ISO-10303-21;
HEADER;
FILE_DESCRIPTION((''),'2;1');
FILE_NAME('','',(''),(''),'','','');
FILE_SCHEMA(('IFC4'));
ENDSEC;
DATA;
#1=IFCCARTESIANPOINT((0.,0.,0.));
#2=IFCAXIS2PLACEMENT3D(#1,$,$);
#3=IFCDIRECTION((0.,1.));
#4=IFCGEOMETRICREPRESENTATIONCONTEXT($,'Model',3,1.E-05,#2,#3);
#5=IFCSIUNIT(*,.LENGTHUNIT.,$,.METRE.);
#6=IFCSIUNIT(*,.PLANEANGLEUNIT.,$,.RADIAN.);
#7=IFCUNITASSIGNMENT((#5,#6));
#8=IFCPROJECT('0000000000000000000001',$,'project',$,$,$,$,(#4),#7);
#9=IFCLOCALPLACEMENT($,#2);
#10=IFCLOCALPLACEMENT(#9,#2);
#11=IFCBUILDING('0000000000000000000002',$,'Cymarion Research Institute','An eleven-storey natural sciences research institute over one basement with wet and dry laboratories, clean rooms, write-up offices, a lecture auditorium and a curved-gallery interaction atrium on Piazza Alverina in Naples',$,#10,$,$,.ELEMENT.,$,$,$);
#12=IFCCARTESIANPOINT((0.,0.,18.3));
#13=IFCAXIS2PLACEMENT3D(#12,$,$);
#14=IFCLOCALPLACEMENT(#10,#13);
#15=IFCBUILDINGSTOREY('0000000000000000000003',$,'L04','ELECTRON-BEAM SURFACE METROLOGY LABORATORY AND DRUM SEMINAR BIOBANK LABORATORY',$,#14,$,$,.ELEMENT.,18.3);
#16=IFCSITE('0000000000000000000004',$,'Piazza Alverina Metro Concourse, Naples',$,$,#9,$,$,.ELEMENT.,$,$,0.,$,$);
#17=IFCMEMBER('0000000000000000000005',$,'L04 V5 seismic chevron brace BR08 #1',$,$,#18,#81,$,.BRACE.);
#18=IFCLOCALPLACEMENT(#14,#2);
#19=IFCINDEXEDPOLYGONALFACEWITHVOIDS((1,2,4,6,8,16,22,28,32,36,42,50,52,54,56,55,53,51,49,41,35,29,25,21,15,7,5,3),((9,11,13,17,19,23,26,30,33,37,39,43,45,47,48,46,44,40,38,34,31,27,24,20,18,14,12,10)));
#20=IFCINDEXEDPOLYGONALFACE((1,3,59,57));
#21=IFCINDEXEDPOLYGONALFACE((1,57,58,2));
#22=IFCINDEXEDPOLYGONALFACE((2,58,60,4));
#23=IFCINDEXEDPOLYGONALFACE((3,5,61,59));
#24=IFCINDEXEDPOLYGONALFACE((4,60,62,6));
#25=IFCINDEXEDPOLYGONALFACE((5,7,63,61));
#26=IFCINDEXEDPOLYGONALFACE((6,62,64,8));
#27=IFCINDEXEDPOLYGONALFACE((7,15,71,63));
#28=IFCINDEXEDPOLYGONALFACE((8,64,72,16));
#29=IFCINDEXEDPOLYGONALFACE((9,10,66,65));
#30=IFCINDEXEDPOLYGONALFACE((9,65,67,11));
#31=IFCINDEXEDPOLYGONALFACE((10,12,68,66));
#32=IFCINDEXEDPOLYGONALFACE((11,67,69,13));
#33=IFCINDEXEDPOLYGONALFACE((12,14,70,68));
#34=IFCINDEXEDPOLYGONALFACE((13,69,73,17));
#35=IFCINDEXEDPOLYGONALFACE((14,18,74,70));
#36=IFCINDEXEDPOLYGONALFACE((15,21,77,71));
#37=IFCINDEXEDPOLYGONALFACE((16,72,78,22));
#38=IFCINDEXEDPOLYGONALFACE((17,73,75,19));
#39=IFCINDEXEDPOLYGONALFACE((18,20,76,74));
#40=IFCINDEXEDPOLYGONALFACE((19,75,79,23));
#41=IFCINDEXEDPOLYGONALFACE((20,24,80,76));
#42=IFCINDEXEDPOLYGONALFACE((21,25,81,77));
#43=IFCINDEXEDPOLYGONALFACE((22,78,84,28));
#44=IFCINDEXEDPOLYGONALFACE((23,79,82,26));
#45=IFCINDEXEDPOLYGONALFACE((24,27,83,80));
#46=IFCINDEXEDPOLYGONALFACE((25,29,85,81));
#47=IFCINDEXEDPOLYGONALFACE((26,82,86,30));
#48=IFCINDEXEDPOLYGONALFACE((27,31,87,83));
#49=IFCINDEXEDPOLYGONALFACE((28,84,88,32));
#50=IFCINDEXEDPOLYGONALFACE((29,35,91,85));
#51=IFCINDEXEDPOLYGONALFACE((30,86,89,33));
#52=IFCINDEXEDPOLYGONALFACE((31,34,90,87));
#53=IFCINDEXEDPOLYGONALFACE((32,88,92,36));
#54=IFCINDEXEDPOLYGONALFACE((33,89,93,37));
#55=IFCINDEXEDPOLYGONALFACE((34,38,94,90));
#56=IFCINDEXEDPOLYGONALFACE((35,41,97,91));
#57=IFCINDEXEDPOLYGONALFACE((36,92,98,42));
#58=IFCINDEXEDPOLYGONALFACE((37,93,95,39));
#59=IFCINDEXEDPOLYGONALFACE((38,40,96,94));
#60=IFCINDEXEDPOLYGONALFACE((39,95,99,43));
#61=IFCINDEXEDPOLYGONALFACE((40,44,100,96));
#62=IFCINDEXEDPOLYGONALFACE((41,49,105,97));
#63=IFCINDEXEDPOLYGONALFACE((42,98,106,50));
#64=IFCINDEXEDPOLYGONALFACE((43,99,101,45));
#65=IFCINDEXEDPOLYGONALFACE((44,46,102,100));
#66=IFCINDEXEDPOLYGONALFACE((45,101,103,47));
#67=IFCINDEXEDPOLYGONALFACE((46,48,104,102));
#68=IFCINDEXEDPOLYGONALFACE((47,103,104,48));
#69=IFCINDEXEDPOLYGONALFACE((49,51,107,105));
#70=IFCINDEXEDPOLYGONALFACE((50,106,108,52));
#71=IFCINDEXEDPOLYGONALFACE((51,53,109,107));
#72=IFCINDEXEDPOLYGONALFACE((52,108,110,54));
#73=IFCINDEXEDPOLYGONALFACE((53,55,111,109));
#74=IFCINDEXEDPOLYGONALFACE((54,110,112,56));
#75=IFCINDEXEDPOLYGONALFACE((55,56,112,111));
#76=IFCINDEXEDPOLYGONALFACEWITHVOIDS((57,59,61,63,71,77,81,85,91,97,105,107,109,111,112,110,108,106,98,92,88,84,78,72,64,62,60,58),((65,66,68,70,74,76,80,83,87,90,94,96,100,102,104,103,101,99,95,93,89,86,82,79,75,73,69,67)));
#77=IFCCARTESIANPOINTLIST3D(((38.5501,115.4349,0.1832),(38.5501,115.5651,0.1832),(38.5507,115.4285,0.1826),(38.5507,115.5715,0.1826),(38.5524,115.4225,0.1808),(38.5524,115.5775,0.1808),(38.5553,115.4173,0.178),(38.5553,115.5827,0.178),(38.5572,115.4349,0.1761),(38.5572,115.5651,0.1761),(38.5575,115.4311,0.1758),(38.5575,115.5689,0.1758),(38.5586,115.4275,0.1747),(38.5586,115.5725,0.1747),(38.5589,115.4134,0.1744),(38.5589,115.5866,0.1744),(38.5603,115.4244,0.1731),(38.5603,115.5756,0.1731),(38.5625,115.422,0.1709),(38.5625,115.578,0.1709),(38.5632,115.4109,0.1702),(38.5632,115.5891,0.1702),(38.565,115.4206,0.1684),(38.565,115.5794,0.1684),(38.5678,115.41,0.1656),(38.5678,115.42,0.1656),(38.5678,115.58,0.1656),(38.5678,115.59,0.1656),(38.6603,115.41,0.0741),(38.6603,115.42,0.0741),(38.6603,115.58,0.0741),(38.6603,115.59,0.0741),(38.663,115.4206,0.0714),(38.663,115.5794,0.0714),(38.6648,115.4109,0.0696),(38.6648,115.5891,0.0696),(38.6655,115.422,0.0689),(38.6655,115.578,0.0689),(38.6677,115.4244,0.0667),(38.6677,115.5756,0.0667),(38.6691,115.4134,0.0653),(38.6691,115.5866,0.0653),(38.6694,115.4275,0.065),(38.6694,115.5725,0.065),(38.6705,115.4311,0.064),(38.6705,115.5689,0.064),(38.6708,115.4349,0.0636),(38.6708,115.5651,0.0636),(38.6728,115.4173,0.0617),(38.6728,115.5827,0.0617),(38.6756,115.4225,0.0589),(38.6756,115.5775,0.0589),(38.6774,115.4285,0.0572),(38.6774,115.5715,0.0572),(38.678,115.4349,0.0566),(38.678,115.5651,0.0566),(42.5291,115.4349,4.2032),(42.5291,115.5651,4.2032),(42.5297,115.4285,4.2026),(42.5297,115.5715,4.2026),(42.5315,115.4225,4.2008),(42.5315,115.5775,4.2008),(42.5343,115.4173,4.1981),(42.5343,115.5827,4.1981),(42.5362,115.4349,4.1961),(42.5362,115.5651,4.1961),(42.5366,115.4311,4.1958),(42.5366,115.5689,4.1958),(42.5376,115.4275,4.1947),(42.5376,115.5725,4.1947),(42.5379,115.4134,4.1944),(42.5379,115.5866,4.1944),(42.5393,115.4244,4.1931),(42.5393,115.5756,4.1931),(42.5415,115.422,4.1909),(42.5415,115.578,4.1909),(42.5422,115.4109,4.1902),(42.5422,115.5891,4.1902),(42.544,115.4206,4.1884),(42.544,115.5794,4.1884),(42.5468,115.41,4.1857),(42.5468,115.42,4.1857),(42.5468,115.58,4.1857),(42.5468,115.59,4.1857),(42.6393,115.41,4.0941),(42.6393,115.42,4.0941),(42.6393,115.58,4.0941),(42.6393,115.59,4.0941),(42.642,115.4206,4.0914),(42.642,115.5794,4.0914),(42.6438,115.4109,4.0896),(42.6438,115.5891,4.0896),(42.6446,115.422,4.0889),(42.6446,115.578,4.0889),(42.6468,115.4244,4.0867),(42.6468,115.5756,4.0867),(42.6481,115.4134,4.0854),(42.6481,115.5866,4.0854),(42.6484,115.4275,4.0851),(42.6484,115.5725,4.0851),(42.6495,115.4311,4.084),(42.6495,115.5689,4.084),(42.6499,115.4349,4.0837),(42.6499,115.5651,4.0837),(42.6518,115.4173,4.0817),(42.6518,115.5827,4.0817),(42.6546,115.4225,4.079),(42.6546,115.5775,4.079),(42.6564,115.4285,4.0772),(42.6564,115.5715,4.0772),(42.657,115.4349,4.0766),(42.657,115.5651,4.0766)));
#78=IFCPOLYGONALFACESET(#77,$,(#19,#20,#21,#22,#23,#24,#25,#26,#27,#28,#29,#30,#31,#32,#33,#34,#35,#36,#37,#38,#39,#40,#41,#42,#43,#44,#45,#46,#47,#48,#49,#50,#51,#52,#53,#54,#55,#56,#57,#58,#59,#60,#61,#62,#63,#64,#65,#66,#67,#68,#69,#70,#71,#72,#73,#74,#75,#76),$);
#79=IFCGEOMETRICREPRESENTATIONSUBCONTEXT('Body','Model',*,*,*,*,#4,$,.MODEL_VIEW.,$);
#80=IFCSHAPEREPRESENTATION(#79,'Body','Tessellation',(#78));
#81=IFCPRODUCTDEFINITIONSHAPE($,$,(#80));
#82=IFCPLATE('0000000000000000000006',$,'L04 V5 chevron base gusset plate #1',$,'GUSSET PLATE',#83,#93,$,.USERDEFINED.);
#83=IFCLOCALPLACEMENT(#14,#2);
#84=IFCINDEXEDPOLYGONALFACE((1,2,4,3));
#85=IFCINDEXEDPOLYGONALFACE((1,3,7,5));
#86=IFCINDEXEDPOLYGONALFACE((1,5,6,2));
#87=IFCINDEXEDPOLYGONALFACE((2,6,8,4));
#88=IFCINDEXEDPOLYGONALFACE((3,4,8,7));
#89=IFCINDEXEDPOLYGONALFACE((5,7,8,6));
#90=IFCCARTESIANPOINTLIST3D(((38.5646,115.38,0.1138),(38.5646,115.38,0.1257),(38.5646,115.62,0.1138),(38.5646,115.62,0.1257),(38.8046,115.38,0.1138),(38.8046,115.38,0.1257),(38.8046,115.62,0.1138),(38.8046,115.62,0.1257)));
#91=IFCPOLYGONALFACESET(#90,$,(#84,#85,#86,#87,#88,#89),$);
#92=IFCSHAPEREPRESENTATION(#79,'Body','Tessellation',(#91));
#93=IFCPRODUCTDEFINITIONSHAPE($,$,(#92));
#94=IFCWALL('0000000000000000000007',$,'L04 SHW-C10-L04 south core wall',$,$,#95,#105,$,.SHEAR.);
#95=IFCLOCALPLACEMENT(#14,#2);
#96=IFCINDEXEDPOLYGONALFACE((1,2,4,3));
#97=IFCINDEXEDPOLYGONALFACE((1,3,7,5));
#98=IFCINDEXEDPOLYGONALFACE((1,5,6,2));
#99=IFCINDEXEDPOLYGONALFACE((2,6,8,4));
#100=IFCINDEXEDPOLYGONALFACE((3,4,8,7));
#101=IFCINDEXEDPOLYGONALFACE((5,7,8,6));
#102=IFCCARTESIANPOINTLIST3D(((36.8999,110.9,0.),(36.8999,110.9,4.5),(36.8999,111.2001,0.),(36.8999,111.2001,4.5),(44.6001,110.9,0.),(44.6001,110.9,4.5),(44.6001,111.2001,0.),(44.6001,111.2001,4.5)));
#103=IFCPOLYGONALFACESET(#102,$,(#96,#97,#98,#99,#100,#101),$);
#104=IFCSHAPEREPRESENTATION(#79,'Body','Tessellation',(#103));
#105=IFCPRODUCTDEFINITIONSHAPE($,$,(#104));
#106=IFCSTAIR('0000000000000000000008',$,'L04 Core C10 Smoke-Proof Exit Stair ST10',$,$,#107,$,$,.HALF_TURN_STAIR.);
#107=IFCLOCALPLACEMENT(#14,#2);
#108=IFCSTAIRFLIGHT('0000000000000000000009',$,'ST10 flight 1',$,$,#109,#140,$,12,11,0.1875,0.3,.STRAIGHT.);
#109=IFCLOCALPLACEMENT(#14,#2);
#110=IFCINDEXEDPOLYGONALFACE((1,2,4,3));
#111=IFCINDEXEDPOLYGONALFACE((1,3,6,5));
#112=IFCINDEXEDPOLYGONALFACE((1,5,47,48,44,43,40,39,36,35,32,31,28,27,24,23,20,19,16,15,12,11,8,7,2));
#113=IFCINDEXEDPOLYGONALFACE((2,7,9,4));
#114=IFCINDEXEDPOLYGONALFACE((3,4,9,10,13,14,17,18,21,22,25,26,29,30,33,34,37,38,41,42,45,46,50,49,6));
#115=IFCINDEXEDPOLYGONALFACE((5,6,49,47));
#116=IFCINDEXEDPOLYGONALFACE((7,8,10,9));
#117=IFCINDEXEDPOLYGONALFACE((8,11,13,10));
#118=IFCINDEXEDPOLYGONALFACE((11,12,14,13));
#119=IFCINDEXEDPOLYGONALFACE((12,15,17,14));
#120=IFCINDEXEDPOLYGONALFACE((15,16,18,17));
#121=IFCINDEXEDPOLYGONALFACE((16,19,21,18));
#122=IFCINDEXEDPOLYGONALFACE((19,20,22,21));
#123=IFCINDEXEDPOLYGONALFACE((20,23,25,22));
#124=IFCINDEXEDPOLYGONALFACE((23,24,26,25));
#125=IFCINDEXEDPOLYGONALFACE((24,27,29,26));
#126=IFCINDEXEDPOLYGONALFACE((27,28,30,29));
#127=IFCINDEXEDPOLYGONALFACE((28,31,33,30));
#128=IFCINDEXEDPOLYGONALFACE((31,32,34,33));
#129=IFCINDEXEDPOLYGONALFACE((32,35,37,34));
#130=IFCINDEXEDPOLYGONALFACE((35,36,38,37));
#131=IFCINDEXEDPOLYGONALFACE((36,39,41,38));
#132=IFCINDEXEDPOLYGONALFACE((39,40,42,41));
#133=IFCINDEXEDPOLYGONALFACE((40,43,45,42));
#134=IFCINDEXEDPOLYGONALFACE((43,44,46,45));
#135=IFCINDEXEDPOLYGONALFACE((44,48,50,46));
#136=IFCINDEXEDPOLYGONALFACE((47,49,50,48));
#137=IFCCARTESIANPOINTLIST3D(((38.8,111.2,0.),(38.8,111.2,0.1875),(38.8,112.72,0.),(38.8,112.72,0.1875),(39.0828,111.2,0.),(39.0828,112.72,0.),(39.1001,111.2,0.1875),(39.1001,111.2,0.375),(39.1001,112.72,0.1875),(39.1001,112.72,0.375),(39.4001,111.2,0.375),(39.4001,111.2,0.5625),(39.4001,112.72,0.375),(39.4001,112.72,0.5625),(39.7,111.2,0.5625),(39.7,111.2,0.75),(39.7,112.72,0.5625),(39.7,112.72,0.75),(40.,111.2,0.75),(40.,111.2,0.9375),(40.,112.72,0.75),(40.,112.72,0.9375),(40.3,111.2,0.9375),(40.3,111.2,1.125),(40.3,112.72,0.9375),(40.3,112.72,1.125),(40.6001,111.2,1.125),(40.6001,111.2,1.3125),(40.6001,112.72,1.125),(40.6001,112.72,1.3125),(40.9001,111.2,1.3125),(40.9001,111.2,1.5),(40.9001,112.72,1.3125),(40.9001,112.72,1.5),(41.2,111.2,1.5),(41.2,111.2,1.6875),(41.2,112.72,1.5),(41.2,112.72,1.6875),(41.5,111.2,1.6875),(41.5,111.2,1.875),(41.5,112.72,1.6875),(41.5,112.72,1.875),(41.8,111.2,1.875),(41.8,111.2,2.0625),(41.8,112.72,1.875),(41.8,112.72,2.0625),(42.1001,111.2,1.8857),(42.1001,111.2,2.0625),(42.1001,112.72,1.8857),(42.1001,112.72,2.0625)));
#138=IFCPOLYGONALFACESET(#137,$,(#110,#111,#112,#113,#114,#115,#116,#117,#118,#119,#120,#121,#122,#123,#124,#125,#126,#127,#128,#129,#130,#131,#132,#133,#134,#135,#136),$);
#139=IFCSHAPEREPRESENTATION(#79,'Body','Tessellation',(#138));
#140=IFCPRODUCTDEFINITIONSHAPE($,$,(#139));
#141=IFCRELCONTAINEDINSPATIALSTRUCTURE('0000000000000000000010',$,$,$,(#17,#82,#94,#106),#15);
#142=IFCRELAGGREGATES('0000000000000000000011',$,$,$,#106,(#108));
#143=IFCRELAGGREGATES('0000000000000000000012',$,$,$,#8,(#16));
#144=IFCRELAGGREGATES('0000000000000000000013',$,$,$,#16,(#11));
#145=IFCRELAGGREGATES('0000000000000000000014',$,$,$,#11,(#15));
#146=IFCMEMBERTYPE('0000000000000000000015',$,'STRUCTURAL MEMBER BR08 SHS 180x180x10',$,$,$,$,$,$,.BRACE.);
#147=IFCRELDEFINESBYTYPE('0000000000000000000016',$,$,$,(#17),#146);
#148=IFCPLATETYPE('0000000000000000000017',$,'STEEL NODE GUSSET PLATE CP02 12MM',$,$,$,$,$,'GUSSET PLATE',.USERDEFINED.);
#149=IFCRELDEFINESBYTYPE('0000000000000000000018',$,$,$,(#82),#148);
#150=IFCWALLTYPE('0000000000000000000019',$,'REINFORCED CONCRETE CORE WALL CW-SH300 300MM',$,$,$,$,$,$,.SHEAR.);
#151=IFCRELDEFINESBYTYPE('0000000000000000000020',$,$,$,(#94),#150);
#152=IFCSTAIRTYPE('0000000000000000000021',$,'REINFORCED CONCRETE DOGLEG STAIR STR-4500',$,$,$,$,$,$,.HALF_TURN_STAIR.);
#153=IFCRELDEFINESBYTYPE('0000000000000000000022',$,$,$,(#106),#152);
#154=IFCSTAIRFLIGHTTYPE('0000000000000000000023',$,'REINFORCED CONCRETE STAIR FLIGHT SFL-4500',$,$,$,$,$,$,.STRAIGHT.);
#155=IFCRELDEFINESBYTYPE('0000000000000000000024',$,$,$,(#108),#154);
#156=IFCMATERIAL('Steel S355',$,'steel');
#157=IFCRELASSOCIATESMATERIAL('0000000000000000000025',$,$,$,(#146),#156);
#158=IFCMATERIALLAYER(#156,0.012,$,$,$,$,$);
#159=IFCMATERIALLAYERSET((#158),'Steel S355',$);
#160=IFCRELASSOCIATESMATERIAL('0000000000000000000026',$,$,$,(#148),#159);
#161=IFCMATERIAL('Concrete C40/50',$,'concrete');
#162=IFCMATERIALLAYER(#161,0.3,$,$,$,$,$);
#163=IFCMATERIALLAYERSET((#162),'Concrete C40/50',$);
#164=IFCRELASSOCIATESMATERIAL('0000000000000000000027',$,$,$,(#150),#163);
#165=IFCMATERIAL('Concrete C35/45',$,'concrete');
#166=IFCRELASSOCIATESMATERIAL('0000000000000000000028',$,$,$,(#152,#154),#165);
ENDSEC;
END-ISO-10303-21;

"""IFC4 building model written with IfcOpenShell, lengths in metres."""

from ifc_helpers import new_model, si_unit, direction, frame, frame_2d, origin, origin_2d, place, context, subcontext, project, spatial, polyline, rectangle, hollow_rectangle, outline, extrude, material, layer, layer_set, material_profile, profile_set, type_object, element, aggregate, save


model = new_model("IFC4")

# Units and contexts
model_context = context("Model", 3, precision=1e-05, world=origin(), true_north=direction((0.0, 1.0)))
body_context = subcontext(model_context, "Body", "Model", "MODEL_VIEW")
ifc_project = project(units=[si_unit("LENGTHUNIT", "METRE"), si_unit("PLANEANGLEUNIT", "RADIAN")], contexts=[model_context])

# Site, building, storey
site_placement = place(None, origin())
site = spatial("IfcSite", under=ifc_project, at=site_placement, Name="Piazza Alverina Metro Concourse, Naples", CompositionType="ELEMENT", RefElevation=0.0)
building_placement = place(site_placement, origin())
building = spatial("IfcBuilding", under=site, at=building_placement, Name="Cymarion Research Institute", Description="An eleven-storey natural sciences research institute over one basement with wet and dry laboratories, clean rooms, write-up offices, a lecture auditorium and a curved-gallery interaction atrium on Piazza Alverina in Naples", CompositionType="ELEMENT")
storey_placement = place(building_placement, frame((0.0, 0.0, 18.3)))
storey = spatial("IfcBuildingStorey", under=building, at=storey_placement, Name="L04", Description="ELECTRON-BEAM SURFACE METROLOGY LABORATORY AND DRUM SEMINAR BIOBANK LABORATORY", CompositionType="ELEMENT", Elevation=18.3)

# Shared definitions
ifc_material_1 = material(Name="Steel S355", Category="steel")

# Member
ifc_material_profile_1 = material_profile(ifc_material_1, hollow_rectangle(XDim=0.1799, YDim=0.1799, WallThickness=0.01, InnerFilletRadius=0.0149, OuterFilletRadius=0.0249, at=origin_2d()), Name="SHS 180x180x10")
ifc_profile_set_1 = profile_set([ifc_material_profile_1], Name="Steel S355")
member_type_1 = type_object("IfcMemberType", Name="STRUCTURAL MEMBER BR08 SHS 180x180x10", PredefinedType="BRACE", material=ifc_profile_set_1)
member_1_placement = place(storey_placement, frame((38.614, 115.5, 0.1199), z_axis=(0.703472, 0.0, 0.710723), x_axis=(0.0, 1.0, 0.0)))
element("IfcMember", 1, at=member_1_placement, inside=storey, type_object=member_type_1, Name="L04 V5 seismic chevron brace BR08 #1", PredefinedType="BRACE", context=body_context, shape_type="SweptSolid", body=[
    extrude(hollow_rectangle(XDim=0.1799, YDim=0.1799, WallThickness=0.01, InnerFilletRadius=0.0149, OuterFilletRadius=0.0249, at=origin_2d()), origin(), (0.0, 0.0, 1.0), 5.6562),
])

# Plate
ifc_layer_1 = layer(ifc_material_1, 0.012)
ifc_layer_set_1 = layer_set([ifc_layer_1], Name="Steel S355")
plate_type = type_object("IfcPlateType", Name="STEEL NODE GUSSET PLATE CP02 12MM", ElementType="GUSSET PLATE", PredefinedType="USERDEFINED", material=ifc_layer_set_1)
plate_placement = place(storey_placement, frame((38.6846, 115.5, 0.1138), z_axis=(0.0, 0.0, 1.0), x_axis=(1.0, 0.0, 0.0)))
element("IfcPlate", 2, at=plate_placement, inside=storey, type_object=plate_type, Name="L04 V5 chevron base gusset plate #1", ObjectType="GUSSET PLATE", PredefinedType="USERDEFINED", context=body_context, shape_type="SweptSolid", body=[
    extrude(rectangle(XDim=0.24, YDim=0.24, at=origin_2d()), origin(), (0.0, 0.0, 1.0), 0.012),
])

# Wall
ifc_material_2 = material(Name="Concrete C40/50", Category="concrete")
ifc_layer_2 = layer(ifc_material_2, 0.3)
ifc_layer_set_2 = layer_set([ifc_layer_2], Name="Concrete C40/50")
wall_type = type_object("IfcWallType", Name="REINFORCED CONCRETE CORE WALL CW-SH300 300MM", PredefinedType="SHEAR", material=ifc_layer_set_2)
wall_1_placement = place(storey_placement, frame((36.8999, 111.05, 0.0), z_axis=(0.0, 0.0, 1.0), x_axis=(1.0, 0.0, 0.0)))
element("IfcWall", 3, at=wall_1_placement, inside=storey, type_object=wall_type, Name="L04 SHW-C10-L04 south core wall", PredefinedType="SHEAR", context=body_context, shape_type="SweptSolid", body=[
    extrude(rectangle(XDim=7.7002, YDim=0.3, at=frame_2d((3.8501, 0.0))), origin(), (0.0, 0.0, 1.0), 4.5),
])

# Stair, stair flight
ifc_material_3 = material(Name="Concrete C35/45", Category="concrete")
stair_type = type_object("IfcStairType", Name="REINFORCED CONCRETE DOGLEG STAIR STR-4500", PredefinedType="HALF_TURN_STAIR", material=ifc_material_3)
stair_placement = place(storey_placement, origin())
stair = element("IfcStair", 4, at=stair_placement, inside=storey, type_object=stair_type, Name="L04 Core C10 Smoke-Proof Exit Stair ST10", PredefinedType="HALF_TURN_STAIR")
stair_flight_type = type_object("IfcStairFlightType", Name="REINFORCED CONCRETE STAIR FLIGHT SFL-4500", PredefinedType="STRAIGHT", material=ifc_material_3)
stair_flight_placement = place(storey_placement, frame((38.8, 111.96, 0.0), z_axis=(0.0, 0.0, 1.0), x_axis=(1.0, 0.0, 0.0)))
stair_flight = element("IfcStairFlight", 5, at=stair_flight_placement, type_object=stair_flight_type, Name="ST10 flight 1", NumberOfRisers=12, NumberOfTreads=11, PredefinedType="STRAIGHT", RiserHeight=0.1875, TreadLength=0.3, context=body_context, shape_type="SweptSolid", body=[
    extrude(outline(polyline([(0.0, 0.0), (0.0, 0.1875), (0.3, 0.1875), (0.3, 0.375), (0.6001, 0.375), (0.6001, 0.5625), (0.8999, 0.5625), (0.8999, 0.75), (1.2, 0.75), (1.2, 0.9375), (1.5, 0.9375), (1.5, 1.125), (1.8, 1.125), (1.8, 1.3125), (2.1001, 1.3125), (2.1001, 1.5), (2.3999, 1.5), (2.3999, 1.6875), (2.7, 1.6875), (2.7, 1.875), (3.0, 1.875), (3.0, 2.0625), (3.3, 2.0625), (3.3, 2.25), (3.3, 1.8857), (0.2827, 0.0), (0.0, 0.0)])), frame((0.0, 0.76, 0.0), z_axis=(0.0, -1.0, 0.0), x_axis=(1.0, 0.0, 0.0)), (0.0, 0.0, 1.0), 1.52),
])
aggregate(stair, [stair_flight])

save(model, "model.ifc")
